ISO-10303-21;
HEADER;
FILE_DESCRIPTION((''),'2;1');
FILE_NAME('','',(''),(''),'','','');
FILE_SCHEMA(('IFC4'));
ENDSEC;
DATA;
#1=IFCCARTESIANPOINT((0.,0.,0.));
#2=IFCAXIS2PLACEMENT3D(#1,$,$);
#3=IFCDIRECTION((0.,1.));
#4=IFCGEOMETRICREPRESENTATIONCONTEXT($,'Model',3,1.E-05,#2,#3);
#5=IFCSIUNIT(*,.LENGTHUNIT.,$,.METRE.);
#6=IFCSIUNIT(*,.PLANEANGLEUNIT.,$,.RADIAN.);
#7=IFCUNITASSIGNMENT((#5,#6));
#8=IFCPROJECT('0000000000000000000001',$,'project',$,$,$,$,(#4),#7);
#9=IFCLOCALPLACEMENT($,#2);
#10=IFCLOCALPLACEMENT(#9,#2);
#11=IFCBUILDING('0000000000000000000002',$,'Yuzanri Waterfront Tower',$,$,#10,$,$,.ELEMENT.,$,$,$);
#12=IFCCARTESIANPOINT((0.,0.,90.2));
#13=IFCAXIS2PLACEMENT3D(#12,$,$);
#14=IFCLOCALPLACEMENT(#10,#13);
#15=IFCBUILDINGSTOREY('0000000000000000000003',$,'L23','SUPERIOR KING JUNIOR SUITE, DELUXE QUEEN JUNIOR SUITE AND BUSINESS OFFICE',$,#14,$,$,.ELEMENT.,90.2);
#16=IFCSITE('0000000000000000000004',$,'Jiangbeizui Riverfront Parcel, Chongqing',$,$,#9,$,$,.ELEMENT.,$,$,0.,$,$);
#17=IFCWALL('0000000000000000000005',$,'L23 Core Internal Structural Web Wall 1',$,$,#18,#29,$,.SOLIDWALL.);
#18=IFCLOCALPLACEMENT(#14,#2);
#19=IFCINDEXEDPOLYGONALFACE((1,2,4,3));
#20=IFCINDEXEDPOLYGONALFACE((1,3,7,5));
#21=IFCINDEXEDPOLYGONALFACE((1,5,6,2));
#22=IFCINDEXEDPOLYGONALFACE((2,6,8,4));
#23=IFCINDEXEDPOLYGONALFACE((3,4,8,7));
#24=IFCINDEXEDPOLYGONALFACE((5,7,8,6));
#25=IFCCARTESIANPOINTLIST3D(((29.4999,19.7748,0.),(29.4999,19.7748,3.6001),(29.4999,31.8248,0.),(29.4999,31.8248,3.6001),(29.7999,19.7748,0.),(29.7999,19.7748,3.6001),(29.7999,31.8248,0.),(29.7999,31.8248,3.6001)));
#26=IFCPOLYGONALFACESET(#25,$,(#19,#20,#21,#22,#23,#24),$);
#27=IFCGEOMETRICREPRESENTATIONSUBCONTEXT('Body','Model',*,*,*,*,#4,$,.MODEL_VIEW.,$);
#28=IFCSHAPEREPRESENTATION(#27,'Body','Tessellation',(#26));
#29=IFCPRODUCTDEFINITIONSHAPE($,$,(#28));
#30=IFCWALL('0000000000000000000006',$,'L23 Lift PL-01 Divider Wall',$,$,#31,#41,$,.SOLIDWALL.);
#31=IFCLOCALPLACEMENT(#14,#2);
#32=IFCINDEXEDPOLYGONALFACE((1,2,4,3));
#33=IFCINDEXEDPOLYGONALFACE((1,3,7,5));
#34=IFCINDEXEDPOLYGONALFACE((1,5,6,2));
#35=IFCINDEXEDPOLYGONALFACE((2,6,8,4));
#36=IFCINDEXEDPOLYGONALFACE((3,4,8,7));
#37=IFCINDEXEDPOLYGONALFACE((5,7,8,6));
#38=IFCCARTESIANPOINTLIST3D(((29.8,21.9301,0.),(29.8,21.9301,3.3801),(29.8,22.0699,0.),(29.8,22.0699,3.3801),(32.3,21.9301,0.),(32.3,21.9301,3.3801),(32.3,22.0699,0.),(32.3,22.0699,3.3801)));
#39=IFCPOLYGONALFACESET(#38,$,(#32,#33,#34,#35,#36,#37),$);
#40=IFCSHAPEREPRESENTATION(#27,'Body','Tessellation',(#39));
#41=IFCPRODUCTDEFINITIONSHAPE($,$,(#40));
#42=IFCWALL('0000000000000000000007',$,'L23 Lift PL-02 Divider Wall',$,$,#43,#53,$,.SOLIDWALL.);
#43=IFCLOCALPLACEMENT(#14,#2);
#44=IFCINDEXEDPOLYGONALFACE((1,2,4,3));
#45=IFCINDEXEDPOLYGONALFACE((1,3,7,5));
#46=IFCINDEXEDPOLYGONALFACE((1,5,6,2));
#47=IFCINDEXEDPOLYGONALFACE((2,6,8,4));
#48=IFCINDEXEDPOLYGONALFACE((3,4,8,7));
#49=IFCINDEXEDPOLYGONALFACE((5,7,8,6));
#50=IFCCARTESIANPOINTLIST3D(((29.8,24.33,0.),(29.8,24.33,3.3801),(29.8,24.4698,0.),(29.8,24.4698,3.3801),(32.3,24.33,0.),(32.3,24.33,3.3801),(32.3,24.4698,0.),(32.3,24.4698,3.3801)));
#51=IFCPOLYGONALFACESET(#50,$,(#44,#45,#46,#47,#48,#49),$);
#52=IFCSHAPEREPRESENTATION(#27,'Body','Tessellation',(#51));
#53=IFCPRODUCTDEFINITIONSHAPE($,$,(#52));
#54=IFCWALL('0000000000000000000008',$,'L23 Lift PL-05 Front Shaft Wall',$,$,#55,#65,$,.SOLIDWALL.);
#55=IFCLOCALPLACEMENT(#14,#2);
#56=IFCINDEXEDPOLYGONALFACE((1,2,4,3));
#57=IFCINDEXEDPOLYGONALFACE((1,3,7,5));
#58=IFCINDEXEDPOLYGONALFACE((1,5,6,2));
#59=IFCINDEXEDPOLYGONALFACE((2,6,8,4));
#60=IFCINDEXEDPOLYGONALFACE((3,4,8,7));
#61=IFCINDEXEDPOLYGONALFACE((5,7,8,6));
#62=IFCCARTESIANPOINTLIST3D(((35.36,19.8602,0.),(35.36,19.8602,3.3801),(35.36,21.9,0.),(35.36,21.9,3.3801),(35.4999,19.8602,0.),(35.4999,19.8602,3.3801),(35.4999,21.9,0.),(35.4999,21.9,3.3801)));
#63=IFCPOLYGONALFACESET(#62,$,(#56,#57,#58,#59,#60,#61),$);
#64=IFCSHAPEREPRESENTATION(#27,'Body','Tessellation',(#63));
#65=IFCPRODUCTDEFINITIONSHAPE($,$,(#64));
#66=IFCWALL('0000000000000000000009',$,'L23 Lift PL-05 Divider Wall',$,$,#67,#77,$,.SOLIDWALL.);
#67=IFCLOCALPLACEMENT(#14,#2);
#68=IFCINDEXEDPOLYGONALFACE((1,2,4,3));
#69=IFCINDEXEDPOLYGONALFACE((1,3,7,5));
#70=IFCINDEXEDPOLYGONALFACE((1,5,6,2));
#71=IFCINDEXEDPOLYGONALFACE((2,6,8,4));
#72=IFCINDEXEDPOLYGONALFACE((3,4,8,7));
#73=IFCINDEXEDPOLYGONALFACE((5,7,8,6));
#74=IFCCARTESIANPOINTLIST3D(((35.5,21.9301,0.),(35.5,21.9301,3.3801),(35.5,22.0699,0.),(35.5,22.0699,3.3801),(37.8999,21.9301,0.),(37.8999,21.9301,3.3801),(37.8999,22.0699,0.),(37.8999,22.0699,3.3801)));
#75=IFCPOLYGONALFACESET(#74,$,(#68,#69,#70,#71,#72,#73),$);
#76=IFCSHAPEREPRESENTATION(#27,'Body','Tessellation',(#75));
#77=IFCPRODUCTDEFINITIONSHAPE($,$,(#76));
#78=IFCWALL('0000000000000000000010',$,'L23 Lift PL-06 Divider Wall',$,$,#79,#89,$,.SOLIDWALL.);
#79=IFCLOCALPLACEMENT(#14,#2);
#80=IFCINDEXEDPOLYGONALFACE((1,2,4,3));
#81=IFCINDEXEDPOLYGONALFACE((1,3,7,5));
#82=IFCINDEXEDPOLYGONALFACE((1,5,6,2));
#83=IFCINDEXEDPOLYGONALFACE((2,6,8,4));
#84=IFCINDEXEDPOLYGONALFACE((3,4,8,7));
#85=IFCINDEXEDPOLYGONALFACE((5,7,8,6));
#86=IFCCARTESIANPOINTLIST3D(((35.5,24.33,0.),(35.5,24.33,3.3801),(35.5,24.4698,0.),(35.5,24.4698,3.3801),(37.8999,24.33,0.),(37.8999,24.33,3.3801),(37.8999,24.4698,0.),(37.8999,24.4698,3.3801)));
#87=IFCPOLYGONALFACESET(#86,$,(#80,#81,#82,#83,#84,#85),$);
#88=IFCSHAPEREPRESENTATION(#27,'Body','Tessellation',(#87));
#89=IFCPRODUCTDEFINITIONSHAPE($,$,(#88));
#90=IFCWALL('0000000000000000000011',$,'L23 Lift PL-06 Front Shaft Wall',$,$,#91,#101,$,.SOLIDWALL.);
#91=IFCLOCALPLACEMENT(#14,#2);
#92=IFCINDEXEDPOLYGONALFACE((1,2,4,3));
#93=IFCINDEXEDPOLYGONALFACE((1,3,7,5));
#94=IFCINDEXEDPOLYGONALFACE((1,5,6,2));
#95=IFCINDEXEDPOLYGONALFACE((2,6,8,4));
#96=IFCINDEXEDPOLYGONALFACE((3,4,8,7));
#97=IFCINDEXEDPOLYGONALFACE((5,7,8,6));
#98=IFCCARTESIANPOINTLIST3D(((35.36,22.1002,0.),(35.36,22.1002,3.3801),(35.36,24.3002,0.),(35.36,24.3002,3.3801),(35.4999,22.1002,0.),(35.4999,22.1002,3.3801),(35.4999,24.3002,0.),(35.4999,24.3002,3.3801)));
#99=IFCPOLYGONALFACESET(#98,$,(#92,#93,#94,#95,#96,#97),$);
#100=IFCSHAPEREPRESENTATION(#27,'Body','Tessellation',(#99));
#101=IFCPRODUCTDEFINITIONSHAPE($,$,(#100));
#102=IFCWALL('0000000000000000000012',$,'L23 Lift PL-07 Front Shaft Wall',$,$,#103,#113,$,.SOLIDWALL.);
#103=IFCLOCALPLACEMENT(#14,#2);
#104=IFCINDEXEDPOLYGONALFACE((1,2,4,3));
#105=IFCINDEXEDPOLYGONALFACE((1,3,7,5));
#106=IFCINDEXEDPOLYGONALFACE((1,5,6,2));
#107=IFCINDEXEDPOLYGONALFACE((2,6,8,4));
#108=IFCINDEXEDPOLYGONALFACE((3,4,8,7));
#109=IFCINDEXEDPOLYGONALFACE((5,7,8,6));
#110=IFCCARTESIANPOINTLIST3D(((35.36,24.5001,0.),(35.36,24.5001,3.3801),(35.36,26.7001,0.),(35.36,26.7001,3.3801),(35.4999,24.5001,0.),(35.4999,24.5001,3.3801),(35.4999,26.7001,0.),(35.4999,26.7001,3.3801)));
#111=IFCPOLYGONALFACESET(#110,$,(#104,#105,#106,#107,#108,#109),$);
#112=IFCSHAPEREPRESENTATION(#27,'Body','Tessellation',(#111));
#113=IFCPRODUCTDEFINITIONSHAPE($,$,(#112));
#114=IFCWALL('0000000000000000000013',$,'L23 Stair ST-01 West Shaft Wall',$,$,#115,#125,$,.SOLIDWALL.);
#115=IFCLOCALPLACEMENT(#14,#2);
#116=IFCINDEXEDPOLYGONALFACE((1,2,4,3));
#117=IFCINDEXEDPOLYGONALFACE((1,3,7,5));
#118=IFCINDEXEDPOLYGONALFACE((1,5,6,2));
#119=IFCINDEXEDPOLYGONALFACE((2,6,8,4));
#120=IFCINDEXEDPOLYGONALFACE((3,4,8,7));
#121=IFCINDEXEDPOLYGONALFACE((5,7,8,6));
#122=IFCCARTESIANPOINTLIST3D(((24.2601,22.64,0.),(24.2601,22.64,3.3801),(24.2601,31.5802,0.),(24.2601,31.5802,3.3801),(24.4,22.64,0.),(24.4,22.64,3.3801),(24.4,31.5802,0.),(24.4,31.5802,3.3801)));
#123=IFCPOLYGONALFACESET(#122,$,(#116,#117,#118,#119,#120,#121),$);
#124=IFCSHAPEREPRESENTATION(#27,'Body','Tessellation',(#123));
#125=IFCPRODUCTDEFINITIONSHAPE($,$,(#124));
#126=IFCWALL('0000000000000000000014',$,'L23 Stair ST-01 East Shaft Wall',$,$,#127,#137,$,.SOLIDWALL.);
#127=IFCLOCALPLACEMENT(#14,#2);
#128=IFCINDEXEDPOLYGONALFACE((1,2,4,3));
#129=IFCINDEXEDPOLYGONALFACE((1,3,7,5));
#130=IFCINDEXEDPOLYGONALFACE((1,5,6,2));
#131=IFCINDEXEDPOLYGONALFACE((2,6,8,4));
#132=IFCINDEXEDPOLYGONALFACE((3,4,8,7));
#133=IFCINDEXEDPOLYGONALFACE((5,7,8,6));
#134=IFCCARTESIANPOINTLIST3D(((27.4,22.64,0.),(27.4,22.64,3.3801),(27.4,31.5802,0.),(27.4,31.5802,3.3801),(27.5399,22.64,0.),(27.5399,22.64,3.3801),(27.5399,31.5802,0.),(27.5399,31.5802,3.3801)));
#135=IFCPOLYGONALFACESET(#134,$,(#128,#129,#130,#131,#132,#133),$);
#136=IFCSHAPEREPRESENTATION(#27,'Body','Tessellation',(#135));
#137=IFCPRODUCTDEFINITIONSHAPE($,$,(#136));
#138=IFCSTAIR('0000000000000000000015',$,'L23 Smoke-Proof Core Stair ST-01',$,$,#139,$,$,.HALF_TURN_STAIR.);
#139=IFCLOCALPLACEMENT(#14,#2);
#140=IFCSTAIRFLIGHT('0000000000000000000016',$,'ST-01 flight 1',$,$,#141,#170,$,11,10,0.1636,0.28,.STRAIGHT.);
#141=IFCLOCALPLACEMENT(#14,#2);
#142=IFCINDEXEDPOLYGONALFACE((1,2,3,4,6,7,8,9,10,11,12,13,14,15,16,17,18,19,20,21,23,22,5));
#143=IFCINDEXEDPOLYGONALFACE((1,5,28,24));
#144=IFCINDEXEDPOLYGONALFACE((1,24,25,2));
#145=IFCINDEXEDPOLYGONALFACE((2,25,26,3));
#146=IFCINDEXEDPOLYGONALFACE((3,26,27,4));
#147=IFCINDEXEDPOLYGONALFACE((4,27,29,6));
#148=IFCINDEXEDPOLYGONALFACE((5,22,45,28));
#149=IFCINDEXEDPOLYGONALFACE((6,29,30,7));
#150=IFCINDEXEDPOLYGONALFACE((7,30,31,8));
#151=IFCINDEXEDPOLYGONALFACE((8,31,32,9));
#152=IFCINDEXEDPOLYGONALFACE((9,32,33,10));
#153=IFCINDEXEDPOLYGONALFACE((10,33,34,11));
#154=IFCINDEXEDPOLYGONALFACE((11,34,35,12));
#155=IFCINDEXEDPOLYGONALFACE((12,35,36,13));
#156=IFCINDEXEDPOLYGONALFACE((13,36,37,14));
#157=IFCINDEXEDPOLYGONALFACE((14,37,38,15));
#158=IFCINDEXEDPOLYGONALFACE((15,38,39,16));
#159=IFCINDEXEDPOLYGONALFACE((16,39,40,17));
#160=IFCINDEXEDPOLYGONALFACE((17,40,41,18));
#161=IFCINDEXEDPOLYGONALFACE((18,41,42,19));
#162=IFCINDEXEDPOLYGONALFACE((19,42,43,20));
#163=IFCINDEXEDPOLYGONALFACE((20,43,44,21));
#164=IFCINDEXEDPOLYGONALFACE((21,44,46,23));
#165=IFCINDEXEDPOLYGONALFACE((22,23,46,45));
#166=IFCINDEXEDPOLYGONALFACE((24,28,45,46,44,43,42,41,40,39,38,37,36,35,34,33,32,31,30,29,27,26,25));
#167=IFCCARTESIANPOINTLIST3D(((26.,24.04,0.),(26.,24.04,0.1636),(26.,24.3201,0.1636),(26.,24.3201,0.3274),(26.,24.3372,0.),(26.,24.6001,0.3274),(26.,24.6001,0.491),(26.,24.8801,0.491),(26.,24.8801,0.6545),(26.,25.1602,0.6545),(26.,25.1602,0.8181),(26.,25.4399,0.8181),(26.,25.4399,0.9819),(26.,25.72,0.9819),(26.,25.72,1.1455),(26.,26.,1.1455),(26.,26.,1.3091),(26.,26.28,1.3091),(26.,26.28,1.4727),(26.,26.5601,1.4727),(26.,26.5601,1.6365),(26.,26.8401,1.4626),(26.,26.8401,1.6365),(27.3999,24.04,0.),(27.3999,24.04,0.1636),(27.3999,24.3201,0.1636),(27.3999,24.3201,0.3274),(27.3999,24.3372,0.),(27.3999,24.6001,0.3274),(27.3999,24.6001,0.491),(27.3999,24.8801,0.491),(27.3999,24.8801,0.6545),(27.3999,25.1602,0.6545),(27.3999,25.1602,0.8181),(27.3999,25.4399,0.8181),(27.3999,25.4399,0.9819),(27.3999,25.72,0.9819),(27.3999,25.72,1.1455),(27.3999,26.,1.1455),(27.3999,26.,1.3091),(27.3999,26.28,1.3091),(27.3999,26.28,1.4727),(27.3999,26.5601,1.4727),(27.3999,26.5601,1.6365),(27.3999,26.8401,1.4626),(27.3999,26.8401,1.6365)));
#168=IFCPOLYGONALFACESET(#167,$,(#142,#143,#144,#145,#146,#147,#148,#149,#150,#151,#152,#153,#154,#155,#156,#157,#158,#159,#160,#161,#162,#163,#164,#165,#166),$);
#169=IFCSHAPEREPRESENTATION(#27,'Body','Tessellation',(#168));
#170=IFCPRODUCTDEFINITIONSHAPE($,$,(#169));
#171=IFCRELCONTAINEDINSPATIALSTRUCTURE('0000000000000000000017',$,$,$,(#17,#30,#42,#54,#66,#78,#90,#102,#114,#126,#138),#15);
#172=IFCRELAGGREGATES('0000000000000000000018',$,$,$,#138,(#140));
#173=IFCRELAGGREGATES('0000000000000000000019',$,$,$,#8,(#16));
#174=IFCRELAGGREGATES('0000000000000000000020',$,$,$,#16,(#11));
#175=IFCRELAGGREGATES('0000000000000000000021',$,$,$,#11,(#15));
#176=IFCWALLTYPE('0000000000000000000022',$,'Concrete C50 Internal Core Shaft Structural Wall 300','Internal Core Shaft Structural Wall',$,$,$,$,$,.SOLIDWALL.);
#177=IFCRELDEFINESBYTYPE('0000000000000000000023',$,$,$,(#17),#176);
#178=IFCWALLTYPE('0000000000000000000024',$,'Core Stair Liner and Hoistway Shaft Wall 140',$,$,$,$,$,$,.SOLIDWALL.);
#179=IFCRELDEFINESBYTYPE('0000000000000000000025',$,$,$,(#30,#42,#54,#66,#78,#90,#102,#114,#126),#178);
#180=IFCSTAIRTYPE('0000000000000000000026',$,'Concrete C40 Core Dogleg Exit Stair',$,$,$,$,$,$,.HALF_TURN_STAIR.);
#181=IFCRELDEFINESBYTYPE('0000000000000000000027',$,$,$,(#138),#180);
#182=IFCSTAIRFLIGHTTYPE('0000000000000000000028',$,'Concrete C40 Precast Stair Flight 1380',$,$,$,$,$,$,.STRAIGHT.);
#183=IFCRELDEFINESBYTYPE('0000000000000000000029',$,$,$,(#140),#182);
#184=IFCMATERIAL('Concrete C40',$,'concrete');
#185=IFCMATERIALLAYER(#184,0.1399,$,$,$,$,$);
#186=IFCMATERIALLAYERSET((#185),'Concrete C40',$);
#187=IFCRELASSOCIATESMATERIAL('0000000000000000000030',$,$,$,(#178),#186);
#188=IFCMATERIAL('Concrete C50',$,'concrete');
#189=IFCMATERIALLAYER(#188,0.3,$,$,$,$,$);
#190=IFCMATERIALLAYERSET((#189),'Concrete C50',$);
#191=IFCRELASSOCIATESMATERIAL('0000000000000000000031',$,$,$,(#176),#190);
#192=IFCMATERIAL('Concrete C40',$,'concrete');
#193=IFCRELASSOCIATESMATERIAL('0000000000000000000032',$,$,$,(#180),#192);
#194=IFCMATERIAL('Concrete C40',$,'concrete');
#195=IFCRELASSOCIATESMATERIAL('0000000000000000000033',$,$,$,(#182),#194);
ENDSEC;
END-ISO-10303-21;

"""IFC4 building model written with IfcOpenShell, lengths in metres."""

from ifc_helpers import new_model, si_unit, direction, frame, frame_2d, origin, place, context, subcontext, project, spatial, polyline, rectangle, outline, extrude, source, transform, mapped, material, layer, layer_set, type_object, element, aggregate, save


model = new_model("IFC4")

# Units and contexts
model_context = context("Model", 3, precision=1e-05, world=origin(), true_north=direction((0.0, 1.0)))
body_context = subcontext(model_context, "Body", "Model", "MODEL_VIEW")
ifc_project = project(units=[si_unit("LENGTHUNIT", "METRE"), si_unit("PLANEANGLEUNIT", "RADIAN")], contexts=[model_context])

# Site, building, storey
site_placement = place(None, origin())
site = spatial("IfcSite", under=ifc_project, at=site_placement, Name="Jiangbeizui Riverfront Parcel, Chongqing", CompositionType="ELEMENT", RefElevation=0.0)
building_placement = place(site_placement, origin())
building = spatial("IfcBuilding", under=site, at=building_placement, Name="Yuzanri Waterfront Tower", CompositionType="ELEMENT")
storey_placement = place(building_placement, frame((0.0, 0.0, 90.2)))
storey = spatial("IfcBuildingStorey", under=building, at=storey_placement, Name="L23", Description="SUPERIOR KING JUNIOR SUITE, DELUXE QUEEN JUNIOR SUITE AND BUSINESS OFFICE", CompositionType="ELEMENT", Elevation=90.2)

# Shared definitions
ifc_material_1 = material(Name="Concrete C40", Category="concrete")
ifc_layer_1 = layer(ifc_material_1, 0.1399)
ifc_layer_set_1 = layer_set([ifc_layer_1], Name="Concrete C40")
wall_type_1 = type_object("IfcWallType", Name="Core Stair Liner and Hoistway Shaft Wall 140", PredefinedType="SOLIDWALL", material=ifc_layer_set_1)

# Walls
ifc_material_2 = material(Name="Concrete C50", Category="concrete")
ifc_layer_2 = layer(ifc_material_2, 0.3)
ifc_layer_set_2 = layer_set([ifc_layer_2], Name="Concrete C50")
wall_type_2 = type_object("IfcWallType", Name="Concrete C50 Internal Core Shaft Structural Wall 300", Description="Internal Core Shaft Structural Wall", PredefinedType="SOLIDWALL", material=ifc_layer_set_2)
shared_shape_1 = source(origin(), body_context, "Body", "SweptSolid", [
    extrude(rectangle(XDim=12.05, YDim=0.3, at=frame_2d((6.0249, 0.0))), origin(), (0.0, 0.0, 1.0), 3.6001),
])
wall_1_placement = place(storey_placement, frame((29.6499, 19.7749, 0.0), z_axis=(0.0, 0.0, 1.0), x_axis=(0.0, 1.0, 0.0)))
element("IfcWall", 1, at=wall_1_placement, inside=storey, type_object=wall_type_2, Name="L23 Core Internal Structural Web Wall 1", PredefinedType="SOLIDWALL", context=body_context, shape_type="MappedRepresentation", body=[
    mapped(shared_shape_1, transform((0.0, 0.0, 0.0), scale=1.0)),
])
shared_shape_2 = source(origin(), body_context, "Body", "SweptSolid", [
    extrude(rectangle(XDim=2.5, YDim=0.1399, at=frame_2d((1.25, 0.0))), origin(), (0.0, 0.0, 1.0), 3.3801),
])
for number, where, z_axis, x_axis, name in (
    (2, (29.8, 22.0, 0.0), (0.0, 0.0, 1.0), (1.0, 0.0, 0.0), "L23 Lift PL-01 Divider Wall"),
    (3, (29.8, 24.3999, 0.0), (0.0, 0.0, 1.0), (1.0, 0.0, 0.0), "L23 Lift PL-02 Divider Wall"),
):
    element("IfcWall", number, at=place(storey_placement, frame(where, z_axis=z_axis, x_axis=x_axis)), inside=storey, type_object=wall_type_1, Name=name, PredefinedType="SOLIDWALL", context=body_context, shape_type="MappedRepresentation", body=[
        mapped(shared_shape_2, transform((0.0, 0.0, 0.0), scale=1.0)),
    ])
shared_shape_3 = source(origin(), body_context, "Body", "SweptSolid", [
    extrude(rectangle(XDim=2.0398, YDim=0.1399, at=frame_2d((1.02, 0.0))), origin(), (0.0, 0.0, 1.0), 3.3801),
])
wall_2_placement = place(storey_placement, frame((35.4299, 19.8601, 0.0), z_axis=(0.0, 0.0, 1.0), x_axis=(0.0, 1.0, 0.0)))
element("IfcWall", 4, at=wall_2_placement, inside=storey, type_object=wall_type_1, Name="L23 Lift PL-05 Front Shaft Wall", PredefinedType="SOLIDWALL", context=body_context, shape_type="MappedRepresentation", body=[
    mapped(shared_shape_3, transform((0.0, 0.0, 0.0), scale=1.0)),
])
shared_shape_4 = source(origin(), body_context, "Body", "SweptSolid", [
    extrude(rectangle(XDim=2.3999, YDim=0.1399, at=frame_2d((1.2, 0.0))), origin(), (0.0, 0.0, 1.0), 3.3801),
])
for number, where, z_axis, x_axis, name in (
    (5, (35.5, 22.0, 0.0), (0.0, 0.0, 1.0), (1.0, 0.0, 0.0), "L23 Lift PL-05 Divider Wall"),
    (6, (35.5, 24.3999, 0.0), (0.0, 0.0, 1.0), (1.0, 0.0, 0.0), "L23 Lift PL-06 Divider Wall"),
):
    element("IfcWall", number, at=place(storey_placement, frame(where, z_axis=z_axis, x_axis=x_axis)), inside=storey, type_object=wall_type_1, Name=name, PredefinedType="SOLIDWALL", context=body_context, shape_type="MappedRepresentation", body=[
        mapped(shared_shape_4, transform((0.0, 0.0, 0.0), scale=1.0)),
    ])
shared_shape_5 = source(origin(), body_context, "Body", "SweptSolid", [
    extrude(rectangle(XDim=2.2, YDim=0.1399, at=frame_2d((1.1001, 0.0))), origin(), (0.0, 0.0, 1.0), 3.3801),
])
for number, where, z_axis, x_axis, name in (
    (7, (35.4299, 22.1001, 0.0), (0.0, 0.0, 1.0), (0.0, 1.0, 0.0), "L23 Lift PL-06 Front Shaft Wall"),
    (8, (35.4299, 24.5, 0.0), (0.0, 0.0, 1.0), (0.0, 1.0, 0.0), "L23 Lift PL-07 Front Shaft Wall"),
):
    element("IfcWall", number, at=place(storey_placement, frame(where, z_axis=z_axis, x_axis=x_axis)), inside=storey, type_object=wall_type_1, Name=name, PredefinedType="SOLIDWALL", context=body_context, shape_type="MappedRepresentation", body=[
        mapped(shared_shape_5, transform((0.0, 0.0, 0.0), scale=1.0)),
    ])
shared_shape_6 = source(origin(), body_context, "Body", "SweptSolid", [
    extrude(rectangle(XDim=8.9402, YDim=0.1399, at=frame_2d((4.4702, 0.0))), origin(), (0.0, 0.0, 1.0), 3.3801),
])
for number, where, z_axis, x_axis, name in (
    (9, (24.3301, 22.6399, 0.0), (0.0, 0.0, 1.0), (0.0, 1.0, 0.0), "L23 Stair ST-01 West Shaft Wall"),
    (10, (27.47, 22.6399, 0.0), (0.0, 0.0, 1.0), (0.0, 1.0, 0.0), "L23 Stair ST-01 East Shaft Wall"),
):
    element("IfcWall", number, at=place(storey_placement, frame(where, z_axis=z_axis, x_axis=x_axis)), inside=storey, type_object=wall_type_1, Name=name, PredefinedType="SOLIDWALL", context=body_context, shape_type="MappedRepresentation", body=[
        mapped(shared_shape_6, transform((0.0, 0.0, 0.0), scale=1.0)),
    ])

# Stair, stair flight
ifc_material_3 = material(Name="Concrete C40", Category="concrete")
stair_type = type_object("IfcStairType", Name="Concrete C40 Core Dogleg Exit Stair", PredefinedType="HALF_TURN_STAIR", material=ifc_material_3)
stair_placement = place(storey_placement, origin())
stair = element("IfcStair", 11, at=stair_placement, inside=storey, type_object=stair_type, Name="L23 Smoke-Proof Core Stair ST-01", PredefinedType="HALF_TURN_STAIR")
ifc_material_4 = material(Name="Concrete C40", Category="concrete")
stair_flight_type = type_object("IfcStairFlightType", Name="Concrete C40 Precast Stair Flight 1380", PredefinedType="STRAIGHT", material=ifc_material_4)
shared_shape_7 = source(origin(), body_context, "Body", "SweptSolid", [
    extrude(outline(polyline([(0.0, 0.0), (0.0, 0.1636), (0.28, 0.1636), (0.28, 0.3274), (0.5601, 0.3274), (0.5601, 0.491), (0.8401, 0.491), (0.8401, 0.6545), (1.1201, 0.6545), (1.1201, 0.8181), (1.3999, 0.8181), (1.3999, 0.9819), (1.6799, 0.9819), (1.6799, 1.1455), (1.96, 1.1455), (1.96, 1.3091), (2.24, 1.3091), (2.24, 1.4727), (2.52, 1.4727), (2.52, 1.6365), (2.8, 1.6365), (2.8, 1.8), (2.8, 1.4626), (0.2971, 0.0), (0.0, 0.0)])), frame((0.0, 0.7, 0.0), z_axis=(0.0, -1.0, 0.0), x_axis=(1.0, 0.0, 0.0)), (0.0, 0.0, 1.0), 1.3999),
])
stair_flight_placement = place(storey_placement, frame((26.7, 24.04, 0.0), z_axis=(0.0, 0.0, 1.0), x_axis=(0.0, 1.0, 0.0)))
stair_flight = element("IfcStairFlight", 12, at=stair_flight_placement, type_object=stair_flight_type, Name="ST-01 flight 1", NumberOfRisers=11, NumberOfTreads=10, PredefinedType="STRAIGHT", RiserHeight=0.1636, TreadLength=0.28, context=body_context, shape_type="MappedRepresentation", body=[
    mapped(shared_shape_7, transform((0.0, 0.0, 0.0), scale=1.0)),
])
aggregate(stair, [stair_flight])

save(model, "model.ifc")
